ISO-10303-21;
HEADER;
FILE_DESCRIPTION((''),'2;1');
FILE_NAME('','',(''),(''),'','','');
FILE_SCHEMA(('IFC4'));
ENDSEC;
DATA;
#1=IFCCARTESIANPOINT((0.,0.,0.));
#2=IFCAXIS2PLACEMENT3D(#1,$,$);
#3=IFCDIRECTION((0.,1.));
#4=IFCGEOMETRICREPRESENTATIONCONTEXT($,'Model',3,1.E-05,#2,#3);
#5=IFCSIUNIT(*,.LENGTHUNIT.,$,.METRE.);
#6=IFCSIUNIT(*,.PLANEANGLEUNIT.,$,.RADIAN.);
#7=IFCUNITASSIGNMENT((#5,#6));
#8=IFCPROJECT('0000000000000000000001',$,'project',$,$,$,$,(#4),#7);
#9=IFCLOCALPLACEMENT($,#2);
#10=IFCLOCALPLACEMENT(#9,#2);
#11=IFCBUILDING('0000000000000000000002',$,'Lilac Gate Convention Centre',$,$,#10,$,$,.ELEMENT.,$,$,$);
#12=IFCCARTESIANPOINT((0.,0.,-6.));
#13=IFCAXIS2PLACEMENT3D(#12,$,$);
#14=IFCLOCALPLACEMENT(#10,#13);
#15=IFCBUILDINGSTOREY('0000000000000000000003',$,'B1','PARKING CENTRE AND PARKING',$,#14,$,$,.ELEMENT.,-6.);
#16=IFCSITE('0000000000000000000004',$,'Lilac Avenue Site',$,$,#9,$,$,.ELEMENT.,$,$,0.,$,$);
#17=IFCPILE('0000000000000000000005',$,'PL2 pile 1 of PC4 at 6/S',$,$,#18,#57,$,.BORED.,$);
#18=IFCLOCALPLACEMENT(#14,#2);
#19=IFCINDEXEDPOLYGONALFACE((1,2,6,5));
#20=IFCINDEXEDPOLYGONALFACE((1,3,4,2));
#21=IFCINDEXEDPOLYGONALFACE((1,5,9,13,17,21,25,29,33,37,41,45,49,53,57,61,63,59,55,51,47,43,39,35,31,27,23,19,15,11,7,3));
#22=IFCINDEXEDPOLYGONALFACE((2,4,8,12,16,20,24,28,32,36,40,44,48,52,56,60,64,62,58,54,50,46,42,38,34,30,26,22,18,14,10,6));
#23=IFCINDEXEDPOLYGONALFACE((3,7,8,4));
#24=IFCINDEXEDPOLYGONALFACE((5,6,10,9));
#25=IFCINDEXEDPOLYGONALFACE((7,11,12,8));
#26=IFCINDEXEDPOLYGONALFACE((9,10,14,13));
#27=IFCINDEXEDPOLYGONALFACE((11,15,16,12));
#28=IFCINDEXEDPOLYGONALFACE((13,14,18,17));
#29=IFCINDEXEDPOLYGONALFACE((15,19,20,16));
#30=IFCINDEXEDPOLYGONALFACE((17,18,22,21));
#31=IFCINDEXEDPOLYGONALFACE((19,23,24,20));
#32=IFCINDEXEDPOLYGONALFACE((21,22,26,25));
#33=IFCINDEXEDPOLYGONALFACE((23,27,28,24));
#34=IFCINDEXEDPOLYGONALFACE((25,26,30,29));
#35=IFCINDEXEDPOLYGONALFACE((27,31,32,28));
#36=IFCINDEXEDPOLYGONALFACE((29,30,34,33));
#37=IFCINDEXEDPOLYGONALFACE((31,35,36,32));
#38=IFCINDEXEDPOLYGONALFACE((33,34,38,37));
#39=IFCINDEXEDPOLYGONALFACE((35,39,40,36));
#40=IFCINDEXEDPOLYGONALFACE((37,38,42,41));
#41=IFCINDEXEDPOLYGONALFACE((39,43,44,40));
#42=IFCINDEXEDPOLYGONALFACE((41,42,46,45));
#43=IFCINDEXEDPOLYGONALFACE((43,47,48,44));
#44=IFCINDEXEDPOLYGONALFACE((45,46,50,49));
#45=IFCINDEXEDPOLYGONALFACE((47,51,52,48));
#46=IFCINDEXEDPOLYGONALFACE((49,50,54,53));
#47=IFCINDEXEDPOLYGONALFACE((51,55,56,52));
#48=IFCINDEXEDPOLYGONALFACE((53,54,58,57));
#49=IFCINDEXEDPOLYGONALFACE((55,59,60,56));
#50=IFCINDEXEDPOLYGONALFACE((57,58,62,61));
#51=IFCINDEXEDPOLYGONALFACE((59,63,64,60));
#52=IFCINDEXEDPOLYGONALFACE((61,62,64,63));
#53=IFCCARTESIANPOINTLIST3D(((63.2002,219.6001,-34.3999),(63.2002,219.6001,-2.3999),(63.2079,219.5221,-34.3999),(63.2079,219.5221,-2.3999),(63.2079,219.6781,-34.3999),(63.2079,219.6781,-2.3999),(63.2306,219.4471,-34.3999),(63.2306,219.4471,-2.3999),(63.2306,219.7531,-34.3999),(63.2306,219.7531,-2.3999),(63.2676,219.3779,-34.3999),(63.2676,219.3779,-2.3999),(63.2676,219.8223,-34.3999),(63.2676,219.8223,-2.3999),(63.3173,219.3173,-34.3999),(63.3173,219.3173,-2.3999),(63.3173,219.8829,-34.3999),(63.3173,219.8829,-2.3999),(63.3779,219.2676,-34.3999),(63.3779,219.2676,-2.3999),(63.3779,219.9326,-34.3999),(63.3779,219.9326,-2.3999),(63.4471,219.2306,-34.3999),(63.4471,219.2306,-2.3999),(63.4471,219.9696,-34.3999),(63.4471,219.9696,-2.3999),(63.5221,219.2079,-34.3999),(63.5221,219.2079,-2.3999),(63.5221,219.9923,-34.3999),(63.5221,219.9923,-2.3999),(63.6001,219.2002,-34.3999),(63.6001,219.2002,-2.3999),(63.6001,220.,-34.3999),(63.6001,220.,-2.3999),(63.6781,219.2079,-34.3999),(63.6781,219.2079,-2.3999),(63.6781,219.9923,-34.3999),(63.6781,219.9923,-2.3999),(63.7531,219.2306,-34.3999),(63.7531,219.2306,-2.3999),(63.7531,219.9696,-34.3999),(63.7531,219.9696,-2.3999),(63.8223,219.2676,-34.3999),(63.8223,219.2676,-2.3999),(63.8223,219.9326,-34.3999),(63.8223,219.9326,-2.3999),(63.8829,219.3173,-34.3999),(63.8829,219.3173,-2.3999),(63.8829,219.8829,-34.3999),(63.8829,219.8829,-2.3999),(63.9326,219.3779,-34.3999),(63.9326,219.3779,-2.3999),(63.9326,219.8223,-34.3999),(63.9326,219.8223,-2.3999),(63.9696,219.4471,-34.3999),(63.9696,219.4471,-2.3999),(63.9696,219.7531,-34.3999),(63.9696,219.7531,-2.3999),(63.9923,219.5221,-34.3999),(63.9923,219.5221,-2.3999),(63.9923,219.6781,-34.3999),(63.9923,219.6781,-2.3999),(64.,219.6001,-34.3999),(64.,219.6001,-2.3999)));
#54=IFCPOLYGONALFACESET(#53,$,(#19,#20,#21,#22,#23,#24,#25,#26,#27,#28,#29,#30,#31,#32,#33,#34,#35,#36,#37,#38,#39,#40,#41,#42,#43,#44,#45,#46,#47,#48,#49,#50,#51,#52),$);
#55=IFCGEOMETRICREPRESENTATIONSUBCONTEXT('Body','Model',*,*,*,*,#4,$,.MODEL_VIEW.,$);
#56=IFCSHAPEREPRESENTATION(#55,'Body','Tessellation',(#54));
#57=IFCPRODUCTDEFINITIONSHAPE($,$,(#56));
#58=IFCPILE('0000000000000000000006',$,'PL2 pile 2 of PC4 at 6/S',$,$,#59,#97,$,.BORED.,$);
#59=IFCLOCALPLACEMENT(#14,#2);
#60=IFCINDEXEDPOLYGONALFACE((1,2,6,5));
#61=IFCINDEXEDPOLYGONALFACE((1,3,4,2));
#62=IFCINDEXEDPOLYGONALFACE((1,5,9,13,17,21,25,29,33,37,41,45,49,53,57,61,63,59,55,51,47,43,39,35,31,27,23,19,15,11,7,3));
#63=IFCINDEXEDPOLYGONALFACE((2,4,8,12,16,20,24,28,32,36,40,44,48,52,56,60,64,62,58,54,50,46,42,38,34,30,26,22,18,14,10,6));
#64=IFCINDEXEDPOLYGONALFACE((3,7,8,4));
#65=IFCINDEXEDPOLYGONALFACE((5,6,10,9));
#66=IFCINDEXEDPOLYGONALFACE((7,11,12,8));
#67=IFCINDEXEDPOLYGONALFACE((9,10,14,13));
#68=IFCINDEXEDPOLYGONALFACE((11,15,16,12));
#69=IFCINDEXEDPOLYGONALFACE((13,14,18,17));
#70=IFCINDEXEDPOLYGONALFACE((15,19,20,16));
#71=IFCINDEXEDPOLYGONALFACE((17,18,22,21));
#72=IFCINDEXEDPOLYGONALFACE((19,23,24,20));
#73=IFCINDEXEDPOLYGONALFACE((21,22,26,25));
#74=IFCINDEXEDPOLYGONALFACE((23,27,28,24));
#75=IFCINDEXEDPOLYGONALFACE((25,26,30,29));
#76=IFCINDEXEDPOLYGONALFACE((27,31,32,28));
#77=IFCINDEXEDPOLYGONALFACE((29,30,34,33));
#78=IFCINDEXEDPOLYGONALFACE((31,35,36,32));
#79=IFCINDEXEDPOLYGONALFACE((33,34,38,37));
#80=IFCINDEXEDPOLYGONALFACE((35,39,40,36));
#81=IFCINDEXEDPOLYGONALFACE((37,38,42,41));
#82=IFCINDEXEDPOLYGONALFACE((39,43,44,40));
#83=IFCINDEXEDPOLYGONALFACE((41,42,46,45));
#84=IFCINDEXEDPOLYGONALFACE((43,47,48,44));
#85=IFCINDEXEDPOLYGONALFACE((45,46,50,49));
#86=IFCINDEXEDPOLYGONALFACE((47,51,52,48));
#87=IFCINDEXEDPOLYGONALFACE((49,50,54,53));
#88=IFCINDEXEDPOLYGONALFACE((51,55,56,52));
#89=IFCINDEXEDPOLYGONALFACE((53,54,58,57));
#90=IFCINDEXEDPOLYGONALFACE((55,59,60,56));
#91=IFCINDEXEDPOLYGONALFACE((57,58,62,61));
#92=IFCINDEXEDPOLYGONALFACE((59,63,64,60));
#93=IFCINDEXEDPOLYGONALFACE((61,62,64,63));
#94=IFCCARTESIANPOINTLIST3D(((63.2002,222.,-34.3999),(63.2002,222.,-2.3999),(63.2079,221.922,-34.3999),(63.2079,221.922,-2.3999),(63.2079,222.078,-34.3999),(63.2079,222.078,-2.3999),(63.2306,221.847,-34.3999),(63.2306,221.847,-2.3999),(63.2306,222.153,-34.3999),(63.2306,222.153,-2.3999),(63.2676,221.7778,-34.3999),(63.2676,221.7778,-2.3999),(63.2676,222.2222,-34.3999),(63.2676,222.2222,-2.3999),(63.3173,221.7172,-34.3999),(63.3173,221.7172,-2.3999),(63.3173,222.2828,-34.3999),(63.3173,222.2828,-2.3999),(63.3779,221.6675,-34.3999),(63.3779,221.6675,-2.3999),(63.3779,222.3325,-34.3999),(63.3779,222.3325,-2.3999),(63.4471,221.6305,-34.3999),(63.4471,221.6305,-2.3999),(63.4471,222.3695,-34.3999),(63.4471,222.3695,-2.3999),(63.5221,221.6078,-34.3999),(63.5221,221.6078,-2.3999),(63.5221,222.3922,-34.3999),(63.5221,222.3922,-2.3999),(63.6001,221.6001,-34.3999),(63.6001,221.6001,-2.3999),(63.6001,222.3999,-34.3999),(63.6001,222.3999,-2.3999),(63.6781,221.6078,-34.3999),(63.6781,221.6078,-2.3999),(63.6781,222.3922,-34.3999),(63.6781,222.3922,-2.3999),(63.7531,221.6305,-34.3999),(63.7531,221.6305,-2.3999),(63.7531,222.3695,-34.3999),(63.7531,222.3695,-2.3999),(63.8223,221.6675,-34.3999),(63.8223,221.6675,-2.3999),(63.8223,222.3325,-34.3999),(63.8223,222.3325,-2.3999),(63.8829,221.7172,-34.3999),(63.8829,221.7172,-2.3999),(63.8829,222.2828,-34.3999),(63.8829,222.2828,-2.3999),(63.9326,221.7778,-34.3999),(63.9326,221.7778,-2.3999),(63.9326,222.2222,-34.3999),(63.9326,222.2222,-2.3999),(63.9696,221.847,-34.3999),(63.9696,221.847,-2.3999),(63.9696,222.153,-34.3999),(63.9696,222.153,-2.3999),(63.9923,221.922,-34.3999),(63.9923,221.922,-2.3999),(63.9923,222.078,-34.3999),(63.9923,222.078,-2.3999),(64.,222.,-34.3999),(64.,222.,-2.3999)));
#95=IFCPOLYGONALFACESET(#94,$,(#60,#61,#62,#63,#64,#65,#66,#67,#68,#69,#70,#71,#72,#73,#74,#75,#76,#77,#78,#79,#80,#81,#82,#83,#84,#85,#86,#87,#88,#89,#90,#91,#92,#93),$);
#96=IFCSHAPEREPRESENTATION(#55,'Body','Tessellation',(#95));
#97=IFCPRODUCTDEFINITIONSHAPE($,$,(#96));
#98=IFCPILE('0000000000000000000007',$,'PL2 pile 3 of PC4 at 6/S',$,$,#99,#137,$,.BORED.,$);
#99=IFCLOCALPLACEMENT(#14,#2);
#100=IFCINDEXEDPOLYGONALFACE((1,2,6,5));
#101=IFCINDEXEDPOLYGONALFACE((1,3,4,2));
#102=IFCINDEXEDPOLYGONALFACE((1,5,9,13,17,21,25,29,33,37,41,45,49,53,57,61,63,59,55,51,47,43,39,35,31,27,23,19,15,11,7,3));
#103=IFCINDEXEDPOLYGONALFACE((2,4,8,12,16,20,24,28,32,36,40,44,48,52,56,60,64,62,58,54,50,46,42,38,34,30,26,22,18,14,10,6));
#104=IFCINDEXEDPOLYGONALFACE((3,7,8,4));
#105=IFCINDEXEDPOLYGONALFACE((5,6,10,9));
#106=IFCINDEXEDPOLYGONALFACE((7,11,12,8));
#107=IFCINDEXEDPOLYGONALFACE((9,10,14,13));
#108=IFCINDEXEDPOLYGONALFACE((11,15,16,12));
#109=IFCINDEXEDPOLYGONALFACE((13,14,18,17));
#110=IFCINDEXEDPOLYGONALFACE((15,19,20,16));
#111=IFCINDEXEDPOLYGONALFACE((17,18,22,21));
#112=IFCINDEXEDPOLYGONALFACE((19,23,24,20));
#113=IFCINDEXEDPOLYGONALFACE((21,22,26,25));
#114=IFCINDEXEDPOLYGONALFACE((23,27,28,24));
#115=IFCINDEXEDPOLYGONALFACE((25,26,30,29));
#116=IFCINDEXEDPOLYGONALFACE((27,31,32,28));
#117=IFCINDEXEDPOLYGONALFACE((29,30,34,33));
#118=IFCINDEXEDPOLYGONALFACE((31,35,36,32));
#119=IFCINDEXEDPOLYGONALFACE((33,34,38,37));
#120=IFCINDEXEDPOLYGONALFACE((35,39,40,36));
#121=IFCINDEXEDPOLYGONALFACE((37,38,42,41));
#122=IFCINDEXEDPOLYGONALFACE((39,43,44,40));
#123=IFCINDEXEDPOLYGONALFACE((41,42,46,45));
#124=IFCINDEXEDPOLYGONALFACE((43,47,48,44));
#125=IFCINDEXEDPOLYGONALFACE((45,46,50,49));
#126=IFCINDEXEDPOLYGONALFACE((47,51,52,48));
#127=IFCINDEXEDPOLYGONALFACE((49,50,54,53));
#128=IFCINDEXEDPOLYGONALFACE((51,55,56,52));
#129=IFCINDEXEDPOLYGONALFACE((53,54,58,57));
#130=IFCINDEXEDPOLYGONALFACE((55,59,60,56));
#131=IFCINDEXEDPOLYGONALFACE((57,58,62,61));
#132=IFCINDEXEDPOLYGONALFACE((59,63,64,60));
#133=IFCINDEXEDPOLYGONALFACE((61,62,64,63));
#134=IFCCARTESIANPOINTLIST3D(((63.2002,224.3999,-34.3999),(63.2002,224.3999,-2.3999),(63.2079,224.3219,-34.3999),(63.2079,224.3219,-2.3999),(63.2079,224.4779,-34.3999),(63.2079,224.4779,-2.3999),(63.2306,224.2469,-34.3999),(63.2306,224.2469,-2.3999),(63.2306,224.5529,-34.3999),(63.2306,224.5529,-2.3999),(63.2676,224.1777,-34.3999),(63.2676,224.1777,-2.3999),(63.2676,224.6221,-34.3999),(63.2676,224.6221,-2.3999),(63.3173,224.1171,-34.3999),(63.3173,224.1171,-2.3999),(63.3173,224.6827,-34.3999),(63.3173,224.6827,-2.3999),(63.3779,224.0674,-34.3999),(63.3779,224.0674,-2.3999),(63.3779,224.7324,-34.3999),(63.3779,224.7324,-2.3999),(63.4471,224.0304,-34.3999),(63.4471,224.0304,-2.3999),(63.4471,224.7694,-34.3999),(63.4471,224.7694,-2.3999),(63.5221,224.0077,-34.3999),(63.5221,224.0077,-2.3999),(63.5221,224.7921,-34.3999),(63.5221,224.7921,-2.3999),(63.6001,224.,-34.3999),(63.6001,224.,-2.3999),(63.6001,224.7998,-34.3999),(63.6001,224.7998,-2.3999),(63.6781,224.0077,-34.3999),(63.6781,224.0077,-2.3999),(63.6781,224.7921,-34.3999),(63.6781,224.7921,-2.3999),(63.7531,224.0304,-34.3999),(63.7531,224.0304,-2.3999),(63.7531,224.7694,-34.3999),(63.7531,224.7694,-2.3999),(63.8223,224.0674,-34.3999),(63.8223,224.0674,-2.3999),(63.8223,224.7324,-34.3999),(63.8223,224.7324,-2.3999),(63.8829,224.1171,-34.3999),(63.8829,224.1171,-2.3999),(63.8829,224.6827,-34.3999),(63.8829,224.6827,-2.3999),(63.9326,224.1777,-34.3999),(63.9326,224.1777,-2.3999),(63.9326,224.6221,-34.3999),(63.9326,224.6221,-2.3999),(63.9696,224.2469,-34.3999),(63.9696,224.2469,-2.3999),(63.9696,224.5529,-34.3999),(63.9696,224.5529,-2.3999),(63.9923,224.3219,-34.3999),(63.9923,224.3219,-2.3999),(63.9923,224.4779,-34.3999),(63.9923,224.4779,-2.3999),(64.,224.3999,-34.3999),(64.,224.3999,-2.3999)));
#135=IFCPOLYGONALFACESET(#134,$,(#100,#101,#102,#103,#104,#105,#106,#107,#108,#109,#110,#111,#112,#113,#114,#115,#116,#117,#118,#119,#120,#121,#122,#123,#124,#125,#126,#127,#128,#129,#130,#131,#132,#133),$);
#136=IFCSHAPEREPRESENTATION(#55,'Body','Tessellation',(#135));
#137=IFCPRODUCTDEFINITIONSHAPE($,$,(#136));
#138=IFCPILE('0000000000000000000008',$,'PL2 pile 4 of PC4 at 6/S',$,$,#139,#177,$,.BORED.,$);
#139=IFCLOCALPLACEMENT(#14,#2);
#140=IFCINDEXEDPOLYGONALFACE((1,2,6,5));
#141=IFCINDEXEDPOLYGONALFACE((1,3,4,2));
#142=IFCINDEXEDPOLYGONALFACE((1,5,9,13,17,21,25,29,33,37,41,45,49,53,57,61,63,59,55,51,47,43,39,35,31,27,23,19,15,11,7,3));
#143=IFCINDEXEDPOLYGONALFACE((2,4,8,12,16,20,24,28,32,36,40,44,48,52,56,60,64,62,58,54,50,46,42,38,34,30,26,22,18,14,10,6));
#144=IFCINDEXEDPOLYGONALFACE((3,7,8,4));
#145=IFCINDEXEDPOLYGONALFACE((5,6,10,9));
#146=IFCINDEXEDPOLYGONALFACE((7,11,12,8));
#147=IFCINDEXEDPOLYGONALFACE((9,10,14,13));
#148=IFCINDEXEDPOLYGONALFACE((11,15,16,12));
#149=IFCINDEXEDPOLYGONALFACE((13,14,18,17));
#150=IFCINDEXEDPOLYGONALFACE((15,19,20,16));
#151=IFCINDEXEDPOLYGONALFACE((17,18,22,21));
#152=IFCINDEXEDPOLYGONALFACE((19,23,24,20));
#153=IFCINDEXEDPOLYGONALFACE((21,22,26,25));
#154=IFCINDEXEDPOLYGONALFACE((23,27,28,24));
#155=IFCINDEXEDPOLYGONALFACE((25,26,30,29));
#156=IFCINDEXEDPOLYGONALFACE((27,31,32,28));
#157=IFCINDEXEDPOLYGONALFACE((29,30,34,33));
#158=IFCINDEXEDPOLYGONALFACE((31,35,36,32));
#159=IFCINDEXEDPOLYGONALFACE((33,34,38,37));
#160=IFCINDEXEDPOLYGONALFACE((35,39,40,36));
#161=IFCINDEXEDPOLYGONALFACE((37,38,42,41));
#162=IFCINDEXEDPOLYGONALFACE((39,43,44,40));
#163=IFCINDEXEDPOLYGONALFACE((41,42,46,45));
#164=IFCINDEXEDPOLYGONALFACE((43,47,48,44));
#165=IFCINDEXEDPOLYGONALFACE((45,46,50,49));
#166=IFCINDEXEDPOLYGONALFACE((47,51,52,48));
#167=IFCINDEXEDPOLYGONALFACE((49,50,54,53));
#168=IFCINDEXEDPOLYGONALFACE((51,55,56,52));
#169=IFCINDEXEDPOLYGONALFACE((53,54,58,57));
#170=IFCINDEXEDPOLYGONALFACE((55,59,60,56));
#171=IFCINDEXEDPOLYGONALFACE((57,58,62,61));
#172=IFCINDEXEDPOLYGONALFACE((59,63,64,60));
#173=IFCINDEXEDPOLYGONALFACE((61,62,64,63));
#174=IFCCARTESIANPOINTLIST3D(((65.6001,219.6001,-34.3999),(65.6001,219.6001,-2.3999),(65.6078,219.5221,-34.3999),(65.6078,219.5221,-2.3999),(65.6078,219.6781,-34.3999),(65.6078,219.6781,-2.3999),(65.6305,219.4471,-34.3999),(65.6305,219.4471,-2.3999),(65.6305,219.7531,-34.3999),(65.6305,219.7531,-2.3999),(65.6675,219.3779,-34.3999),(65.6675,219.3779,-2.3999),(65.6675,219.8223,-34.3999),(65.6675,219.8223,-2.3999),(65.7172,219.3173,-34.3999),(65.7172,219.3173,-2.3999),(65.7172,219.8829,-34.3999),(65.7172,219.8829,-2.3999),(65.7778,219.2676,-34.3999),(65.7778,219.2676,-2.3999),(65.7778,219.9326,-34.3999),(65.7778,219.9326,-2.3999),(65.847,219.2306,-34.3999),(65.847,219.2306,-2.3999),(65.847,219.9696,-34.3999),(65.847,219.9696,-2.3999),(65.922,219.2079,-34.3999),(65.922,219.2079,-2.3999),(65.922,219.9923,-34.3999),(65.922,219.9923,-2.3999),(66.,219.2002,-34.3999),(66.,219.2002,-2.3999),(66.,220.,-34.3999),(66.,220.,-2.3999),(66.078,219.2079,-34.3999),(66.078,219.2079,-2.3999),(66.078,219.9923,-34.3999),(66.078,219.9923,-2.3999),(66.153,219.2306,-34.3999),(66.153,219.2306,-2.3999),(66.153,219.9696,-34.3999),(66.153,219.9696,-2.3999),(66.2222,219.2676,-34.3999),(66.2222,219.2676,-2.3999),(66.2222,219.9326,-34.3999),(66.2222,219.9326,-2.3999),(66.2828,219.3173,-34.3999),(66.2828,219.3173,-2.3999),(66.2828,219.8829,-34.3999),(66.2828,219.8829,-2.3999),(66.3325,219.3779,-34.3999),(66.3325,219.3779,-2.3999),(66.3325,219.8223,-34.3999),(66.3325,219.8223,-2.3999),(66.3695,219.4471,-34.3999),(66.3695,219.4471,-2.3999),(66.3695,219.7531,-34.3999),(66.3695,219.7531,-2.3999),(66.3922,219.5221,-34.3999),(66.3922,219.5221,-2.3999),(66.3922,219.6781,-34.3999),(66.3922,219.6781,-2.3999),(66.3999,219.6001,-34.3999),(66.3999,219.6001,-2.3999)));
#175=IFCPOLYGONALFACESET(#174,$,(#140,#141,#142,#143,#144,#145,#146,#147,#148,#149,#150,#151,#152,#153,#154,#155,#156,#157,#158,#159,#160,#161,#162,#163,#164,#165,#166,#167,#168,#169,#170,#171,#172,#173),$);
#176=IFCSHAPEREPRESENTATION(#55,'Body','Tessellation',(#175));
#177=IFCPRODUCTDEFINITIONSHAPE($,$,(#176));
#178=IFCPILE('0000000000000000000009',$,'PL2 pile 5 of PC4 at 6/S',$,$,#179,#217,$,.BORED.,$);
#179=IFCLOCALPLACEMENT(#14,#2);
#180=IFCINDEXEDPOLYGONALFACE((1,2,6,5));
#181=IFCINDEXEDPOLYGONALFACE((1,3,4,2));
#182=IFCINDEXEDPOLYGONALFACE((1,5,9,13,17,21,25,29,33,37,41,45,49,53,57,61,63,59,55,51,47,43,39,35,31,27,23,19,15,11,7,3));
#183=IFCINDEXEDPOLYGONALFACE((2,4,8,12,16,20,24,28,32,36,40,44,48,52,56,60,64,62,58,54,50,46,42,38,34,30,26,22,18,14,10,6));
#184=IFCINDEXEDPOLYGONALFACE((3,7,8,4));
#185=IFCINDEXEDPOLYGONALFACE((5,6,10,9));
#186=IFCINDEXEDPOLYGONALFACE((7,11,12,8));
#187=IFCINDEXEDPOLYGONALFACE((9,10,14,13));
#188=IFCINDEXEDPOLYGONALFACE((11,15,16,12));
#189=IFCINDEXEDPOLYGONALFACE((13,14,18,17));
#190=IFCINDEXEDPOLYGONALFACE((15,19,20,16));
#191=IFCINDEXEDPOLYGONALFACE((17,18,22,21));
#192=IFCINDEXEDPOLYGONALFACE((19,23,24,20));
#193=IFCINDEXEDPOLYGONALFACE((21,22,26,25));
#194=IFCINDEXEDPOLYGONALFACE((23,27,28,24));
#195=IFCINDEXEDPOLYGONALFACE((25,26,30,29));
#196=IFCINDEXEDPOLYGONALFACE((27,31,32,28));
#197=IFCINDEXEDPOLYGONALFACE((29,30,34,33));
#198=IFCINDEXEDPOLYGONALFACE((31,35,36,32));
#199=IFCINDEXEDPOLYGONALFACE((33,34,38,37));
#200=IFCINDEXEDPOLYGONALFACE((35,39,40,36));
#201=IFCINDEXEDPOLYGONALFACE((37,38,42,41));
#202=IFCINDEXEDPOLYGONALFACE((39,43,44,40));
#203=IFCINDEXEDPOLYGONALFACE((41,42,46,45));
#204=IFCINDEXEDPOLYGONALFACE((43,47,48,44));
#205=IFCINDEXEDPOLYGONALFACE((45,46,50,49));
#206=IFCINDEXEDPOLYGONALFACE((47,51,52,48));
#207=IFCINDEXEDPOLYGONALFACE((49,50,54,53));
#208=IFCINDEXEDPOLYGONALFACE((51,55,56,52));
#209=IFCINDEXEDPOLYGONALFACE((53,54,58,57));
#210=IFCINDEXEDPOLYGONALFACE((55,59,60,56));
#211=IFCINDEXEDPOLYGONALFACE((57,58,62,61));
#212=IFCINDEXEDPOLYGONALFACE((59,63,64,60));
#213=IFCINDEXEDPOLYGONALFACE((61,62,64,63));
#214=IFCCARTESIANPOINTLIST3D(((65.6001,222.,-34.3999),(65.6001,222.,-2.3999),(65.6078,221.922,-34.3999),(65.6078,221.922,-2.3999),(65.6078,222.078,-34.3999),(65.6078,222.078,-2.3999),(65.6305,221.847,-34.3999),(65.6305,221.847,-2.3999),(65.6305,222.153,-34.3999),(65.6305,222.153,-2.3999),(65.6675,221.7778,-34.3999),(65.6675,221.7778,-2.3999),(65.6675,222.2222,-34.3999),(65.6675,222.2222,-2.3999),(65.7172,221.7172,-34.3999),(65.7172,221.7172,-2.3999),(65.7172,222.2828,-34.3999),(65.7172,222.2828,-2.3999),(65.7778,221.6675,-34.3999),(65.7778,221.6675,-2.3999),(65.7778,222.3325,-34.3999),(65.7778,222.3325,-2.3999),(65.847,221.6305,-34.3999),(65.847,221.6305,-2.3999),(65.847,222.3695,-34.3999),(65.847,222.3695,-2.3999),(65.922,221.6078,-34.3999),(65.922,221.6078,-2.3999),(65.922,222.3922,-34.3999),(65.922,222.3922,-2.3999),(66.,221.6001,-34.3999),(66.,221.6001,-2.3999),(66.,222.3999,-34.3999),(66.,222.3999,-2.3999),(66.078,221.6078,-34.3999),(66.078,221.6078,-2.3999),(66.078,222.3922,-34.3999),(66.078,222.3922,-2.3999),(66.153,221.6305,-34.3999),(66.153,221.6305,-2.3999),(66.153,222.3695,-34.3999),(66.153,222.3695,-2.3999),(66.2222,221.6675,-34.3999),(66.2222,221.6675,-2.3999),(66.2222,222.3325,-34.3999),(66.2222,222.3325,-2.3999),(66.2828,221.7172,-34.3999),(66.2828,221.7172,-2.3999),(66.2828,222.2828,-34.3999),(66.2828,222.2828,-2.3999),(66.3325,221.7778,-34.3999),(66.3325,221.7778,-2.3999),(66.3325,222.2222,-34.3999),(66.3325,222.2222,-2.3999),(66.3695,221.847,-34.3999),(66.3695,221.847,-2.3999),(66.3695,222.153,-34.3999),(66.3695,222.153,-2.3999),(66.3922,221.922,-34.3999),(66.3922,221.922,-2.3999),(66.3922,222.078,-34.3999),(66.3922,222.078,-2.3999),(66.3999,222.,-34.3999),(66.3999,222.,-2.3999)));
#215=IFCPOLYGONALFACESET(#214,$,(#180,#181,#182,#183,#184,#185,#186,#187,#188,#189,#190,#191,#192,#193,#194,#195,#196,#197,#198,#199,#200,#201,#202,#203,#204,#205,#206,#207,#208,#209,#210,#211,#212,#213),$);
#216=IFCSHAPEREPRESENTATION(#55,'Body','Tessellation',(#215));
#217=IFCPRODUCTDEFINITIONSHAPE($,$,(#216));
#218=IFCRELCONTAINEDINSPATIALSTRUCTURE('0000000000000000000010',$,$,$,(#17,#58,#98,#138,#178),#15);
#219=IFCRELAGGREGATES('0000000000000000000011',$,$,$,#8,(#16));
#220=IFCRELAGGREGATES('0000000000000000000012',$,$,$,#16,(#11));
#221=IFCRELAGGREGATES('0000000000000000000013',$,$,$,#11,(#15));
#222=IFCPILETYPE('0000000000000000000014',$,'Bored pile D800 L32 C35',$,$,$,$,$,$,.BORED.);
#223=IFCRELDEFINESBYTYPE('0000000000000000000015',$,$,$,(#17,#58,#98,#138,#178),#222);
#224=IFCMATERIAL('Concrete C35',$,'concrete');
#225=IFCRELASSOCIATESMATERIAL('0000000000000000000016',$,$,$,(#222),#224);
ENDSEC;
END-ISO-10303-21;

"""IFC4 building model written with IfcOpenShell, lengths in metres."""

from ifc_helpers import new_model, si_unit, direction, frame, origin, origin_2d, place, context, subcontext, project, spatial, circle, extrude, material, material_profile, profile_set, type_object, element, save


model = new_model("IFC4")

# Units and contexts
model_context = context("Model", 3, precision=1e-05, world=origin(), true_north=direction((0.0, 1.0)))
body_context = subcontext(model_context, "Body", "Model", "MODEL_VIEW")
ifc_project = project(units=[si_unit("LENGTHUNIT", "METRE"), si_unit("PLANEANGLEUNIT", "RADIAN")], contexts=[model_context])

# Site, building, storey
site_placement = place(None, origin())
site = spatial("IfcSite", under=ifc_project, at=site_placement, Name="Lilac Avenue Site", CompositionType="ELEMENT", RefElevation=0.0)
building_placement = place(site_placement, origin())
building = spatial("IfcBuilding", under=site, at=building_placement, Name="Lilac Gate Convention Centre", CompositionType="ELEMENT")
storey_placement = place(building_placement, frame((0.0, 0.0, -6.0)))
storey = spatial("IfcBuildingStorey", under=building, at=storey_placement, Name="B1", Description="PARKING CENTRE AND PARKING", CompositionType="ELEMENT", Elevation=-6.0)

# Piles
ifc_material_1 = material(Name="Concrete C35", Category="concrete")
ifc_material_profile_1 = material_profile(ifc_material_1, circle(Radius=0.3999, at=origin_2d()), Name="D800")
ifc_profile_set_1 = profile_set([ifc_material_profile_1], Name="Concrete C35")
pile_type = type_object("IfcPileType", Name="Bored pile D800 L32 C35", PredefinedType="BORED", material=ifc_profile_set_1)
for number, where, z_axis, x_axis, name in (
    (1, (63.6001, 219.6001, -2.3999), (0.0, 0.0, -1.0), (1.0, 0.0, 0.0), "PL2 pile 1 of PC4 at 6/S"),
    (2, (63.6001, 222.0, -2.3999), (0.0, 0.0, -1.0), (1.0, 0.0, 0.0), "PL2 pile 2 of PC4 at 6/S"),
    (3, (63.6001, 224.3999, -2.3999), (0.0, 0.0, -1.0), (1.0, 0.0, 0.0), "PL2 pile 3 of PC4 at 6/S"),
    (4, (66.0, 219.6001, -2.3999), (0.0, 0.0, -1.0), (1.0, 0.0, 0.0), "PL2 pile 4 of PC4 at 6/S"),
    (5, (66.0, 222.0, -2.3999), (0.0, 0.0, -1.0), (1.0, 0.0, 0.0), "PL2 pile 5 of PC4 at 6/S"),
):
    element("IfcPile", number, at=place(storey_placement, frame(where, z_axis=z_axis, x_axis=x_axis)), inside=storey, type_object=pile_type, Name=name, PredefinedType="BORED", context=body_context, shape_type="SweptSolid", body=[
        extrude(circle(Radius=0.3999, at=origin_2d()), origin(), (0.0, 0.0, 1.0), 32.0),
    ])

save(model, "model.ifc")
